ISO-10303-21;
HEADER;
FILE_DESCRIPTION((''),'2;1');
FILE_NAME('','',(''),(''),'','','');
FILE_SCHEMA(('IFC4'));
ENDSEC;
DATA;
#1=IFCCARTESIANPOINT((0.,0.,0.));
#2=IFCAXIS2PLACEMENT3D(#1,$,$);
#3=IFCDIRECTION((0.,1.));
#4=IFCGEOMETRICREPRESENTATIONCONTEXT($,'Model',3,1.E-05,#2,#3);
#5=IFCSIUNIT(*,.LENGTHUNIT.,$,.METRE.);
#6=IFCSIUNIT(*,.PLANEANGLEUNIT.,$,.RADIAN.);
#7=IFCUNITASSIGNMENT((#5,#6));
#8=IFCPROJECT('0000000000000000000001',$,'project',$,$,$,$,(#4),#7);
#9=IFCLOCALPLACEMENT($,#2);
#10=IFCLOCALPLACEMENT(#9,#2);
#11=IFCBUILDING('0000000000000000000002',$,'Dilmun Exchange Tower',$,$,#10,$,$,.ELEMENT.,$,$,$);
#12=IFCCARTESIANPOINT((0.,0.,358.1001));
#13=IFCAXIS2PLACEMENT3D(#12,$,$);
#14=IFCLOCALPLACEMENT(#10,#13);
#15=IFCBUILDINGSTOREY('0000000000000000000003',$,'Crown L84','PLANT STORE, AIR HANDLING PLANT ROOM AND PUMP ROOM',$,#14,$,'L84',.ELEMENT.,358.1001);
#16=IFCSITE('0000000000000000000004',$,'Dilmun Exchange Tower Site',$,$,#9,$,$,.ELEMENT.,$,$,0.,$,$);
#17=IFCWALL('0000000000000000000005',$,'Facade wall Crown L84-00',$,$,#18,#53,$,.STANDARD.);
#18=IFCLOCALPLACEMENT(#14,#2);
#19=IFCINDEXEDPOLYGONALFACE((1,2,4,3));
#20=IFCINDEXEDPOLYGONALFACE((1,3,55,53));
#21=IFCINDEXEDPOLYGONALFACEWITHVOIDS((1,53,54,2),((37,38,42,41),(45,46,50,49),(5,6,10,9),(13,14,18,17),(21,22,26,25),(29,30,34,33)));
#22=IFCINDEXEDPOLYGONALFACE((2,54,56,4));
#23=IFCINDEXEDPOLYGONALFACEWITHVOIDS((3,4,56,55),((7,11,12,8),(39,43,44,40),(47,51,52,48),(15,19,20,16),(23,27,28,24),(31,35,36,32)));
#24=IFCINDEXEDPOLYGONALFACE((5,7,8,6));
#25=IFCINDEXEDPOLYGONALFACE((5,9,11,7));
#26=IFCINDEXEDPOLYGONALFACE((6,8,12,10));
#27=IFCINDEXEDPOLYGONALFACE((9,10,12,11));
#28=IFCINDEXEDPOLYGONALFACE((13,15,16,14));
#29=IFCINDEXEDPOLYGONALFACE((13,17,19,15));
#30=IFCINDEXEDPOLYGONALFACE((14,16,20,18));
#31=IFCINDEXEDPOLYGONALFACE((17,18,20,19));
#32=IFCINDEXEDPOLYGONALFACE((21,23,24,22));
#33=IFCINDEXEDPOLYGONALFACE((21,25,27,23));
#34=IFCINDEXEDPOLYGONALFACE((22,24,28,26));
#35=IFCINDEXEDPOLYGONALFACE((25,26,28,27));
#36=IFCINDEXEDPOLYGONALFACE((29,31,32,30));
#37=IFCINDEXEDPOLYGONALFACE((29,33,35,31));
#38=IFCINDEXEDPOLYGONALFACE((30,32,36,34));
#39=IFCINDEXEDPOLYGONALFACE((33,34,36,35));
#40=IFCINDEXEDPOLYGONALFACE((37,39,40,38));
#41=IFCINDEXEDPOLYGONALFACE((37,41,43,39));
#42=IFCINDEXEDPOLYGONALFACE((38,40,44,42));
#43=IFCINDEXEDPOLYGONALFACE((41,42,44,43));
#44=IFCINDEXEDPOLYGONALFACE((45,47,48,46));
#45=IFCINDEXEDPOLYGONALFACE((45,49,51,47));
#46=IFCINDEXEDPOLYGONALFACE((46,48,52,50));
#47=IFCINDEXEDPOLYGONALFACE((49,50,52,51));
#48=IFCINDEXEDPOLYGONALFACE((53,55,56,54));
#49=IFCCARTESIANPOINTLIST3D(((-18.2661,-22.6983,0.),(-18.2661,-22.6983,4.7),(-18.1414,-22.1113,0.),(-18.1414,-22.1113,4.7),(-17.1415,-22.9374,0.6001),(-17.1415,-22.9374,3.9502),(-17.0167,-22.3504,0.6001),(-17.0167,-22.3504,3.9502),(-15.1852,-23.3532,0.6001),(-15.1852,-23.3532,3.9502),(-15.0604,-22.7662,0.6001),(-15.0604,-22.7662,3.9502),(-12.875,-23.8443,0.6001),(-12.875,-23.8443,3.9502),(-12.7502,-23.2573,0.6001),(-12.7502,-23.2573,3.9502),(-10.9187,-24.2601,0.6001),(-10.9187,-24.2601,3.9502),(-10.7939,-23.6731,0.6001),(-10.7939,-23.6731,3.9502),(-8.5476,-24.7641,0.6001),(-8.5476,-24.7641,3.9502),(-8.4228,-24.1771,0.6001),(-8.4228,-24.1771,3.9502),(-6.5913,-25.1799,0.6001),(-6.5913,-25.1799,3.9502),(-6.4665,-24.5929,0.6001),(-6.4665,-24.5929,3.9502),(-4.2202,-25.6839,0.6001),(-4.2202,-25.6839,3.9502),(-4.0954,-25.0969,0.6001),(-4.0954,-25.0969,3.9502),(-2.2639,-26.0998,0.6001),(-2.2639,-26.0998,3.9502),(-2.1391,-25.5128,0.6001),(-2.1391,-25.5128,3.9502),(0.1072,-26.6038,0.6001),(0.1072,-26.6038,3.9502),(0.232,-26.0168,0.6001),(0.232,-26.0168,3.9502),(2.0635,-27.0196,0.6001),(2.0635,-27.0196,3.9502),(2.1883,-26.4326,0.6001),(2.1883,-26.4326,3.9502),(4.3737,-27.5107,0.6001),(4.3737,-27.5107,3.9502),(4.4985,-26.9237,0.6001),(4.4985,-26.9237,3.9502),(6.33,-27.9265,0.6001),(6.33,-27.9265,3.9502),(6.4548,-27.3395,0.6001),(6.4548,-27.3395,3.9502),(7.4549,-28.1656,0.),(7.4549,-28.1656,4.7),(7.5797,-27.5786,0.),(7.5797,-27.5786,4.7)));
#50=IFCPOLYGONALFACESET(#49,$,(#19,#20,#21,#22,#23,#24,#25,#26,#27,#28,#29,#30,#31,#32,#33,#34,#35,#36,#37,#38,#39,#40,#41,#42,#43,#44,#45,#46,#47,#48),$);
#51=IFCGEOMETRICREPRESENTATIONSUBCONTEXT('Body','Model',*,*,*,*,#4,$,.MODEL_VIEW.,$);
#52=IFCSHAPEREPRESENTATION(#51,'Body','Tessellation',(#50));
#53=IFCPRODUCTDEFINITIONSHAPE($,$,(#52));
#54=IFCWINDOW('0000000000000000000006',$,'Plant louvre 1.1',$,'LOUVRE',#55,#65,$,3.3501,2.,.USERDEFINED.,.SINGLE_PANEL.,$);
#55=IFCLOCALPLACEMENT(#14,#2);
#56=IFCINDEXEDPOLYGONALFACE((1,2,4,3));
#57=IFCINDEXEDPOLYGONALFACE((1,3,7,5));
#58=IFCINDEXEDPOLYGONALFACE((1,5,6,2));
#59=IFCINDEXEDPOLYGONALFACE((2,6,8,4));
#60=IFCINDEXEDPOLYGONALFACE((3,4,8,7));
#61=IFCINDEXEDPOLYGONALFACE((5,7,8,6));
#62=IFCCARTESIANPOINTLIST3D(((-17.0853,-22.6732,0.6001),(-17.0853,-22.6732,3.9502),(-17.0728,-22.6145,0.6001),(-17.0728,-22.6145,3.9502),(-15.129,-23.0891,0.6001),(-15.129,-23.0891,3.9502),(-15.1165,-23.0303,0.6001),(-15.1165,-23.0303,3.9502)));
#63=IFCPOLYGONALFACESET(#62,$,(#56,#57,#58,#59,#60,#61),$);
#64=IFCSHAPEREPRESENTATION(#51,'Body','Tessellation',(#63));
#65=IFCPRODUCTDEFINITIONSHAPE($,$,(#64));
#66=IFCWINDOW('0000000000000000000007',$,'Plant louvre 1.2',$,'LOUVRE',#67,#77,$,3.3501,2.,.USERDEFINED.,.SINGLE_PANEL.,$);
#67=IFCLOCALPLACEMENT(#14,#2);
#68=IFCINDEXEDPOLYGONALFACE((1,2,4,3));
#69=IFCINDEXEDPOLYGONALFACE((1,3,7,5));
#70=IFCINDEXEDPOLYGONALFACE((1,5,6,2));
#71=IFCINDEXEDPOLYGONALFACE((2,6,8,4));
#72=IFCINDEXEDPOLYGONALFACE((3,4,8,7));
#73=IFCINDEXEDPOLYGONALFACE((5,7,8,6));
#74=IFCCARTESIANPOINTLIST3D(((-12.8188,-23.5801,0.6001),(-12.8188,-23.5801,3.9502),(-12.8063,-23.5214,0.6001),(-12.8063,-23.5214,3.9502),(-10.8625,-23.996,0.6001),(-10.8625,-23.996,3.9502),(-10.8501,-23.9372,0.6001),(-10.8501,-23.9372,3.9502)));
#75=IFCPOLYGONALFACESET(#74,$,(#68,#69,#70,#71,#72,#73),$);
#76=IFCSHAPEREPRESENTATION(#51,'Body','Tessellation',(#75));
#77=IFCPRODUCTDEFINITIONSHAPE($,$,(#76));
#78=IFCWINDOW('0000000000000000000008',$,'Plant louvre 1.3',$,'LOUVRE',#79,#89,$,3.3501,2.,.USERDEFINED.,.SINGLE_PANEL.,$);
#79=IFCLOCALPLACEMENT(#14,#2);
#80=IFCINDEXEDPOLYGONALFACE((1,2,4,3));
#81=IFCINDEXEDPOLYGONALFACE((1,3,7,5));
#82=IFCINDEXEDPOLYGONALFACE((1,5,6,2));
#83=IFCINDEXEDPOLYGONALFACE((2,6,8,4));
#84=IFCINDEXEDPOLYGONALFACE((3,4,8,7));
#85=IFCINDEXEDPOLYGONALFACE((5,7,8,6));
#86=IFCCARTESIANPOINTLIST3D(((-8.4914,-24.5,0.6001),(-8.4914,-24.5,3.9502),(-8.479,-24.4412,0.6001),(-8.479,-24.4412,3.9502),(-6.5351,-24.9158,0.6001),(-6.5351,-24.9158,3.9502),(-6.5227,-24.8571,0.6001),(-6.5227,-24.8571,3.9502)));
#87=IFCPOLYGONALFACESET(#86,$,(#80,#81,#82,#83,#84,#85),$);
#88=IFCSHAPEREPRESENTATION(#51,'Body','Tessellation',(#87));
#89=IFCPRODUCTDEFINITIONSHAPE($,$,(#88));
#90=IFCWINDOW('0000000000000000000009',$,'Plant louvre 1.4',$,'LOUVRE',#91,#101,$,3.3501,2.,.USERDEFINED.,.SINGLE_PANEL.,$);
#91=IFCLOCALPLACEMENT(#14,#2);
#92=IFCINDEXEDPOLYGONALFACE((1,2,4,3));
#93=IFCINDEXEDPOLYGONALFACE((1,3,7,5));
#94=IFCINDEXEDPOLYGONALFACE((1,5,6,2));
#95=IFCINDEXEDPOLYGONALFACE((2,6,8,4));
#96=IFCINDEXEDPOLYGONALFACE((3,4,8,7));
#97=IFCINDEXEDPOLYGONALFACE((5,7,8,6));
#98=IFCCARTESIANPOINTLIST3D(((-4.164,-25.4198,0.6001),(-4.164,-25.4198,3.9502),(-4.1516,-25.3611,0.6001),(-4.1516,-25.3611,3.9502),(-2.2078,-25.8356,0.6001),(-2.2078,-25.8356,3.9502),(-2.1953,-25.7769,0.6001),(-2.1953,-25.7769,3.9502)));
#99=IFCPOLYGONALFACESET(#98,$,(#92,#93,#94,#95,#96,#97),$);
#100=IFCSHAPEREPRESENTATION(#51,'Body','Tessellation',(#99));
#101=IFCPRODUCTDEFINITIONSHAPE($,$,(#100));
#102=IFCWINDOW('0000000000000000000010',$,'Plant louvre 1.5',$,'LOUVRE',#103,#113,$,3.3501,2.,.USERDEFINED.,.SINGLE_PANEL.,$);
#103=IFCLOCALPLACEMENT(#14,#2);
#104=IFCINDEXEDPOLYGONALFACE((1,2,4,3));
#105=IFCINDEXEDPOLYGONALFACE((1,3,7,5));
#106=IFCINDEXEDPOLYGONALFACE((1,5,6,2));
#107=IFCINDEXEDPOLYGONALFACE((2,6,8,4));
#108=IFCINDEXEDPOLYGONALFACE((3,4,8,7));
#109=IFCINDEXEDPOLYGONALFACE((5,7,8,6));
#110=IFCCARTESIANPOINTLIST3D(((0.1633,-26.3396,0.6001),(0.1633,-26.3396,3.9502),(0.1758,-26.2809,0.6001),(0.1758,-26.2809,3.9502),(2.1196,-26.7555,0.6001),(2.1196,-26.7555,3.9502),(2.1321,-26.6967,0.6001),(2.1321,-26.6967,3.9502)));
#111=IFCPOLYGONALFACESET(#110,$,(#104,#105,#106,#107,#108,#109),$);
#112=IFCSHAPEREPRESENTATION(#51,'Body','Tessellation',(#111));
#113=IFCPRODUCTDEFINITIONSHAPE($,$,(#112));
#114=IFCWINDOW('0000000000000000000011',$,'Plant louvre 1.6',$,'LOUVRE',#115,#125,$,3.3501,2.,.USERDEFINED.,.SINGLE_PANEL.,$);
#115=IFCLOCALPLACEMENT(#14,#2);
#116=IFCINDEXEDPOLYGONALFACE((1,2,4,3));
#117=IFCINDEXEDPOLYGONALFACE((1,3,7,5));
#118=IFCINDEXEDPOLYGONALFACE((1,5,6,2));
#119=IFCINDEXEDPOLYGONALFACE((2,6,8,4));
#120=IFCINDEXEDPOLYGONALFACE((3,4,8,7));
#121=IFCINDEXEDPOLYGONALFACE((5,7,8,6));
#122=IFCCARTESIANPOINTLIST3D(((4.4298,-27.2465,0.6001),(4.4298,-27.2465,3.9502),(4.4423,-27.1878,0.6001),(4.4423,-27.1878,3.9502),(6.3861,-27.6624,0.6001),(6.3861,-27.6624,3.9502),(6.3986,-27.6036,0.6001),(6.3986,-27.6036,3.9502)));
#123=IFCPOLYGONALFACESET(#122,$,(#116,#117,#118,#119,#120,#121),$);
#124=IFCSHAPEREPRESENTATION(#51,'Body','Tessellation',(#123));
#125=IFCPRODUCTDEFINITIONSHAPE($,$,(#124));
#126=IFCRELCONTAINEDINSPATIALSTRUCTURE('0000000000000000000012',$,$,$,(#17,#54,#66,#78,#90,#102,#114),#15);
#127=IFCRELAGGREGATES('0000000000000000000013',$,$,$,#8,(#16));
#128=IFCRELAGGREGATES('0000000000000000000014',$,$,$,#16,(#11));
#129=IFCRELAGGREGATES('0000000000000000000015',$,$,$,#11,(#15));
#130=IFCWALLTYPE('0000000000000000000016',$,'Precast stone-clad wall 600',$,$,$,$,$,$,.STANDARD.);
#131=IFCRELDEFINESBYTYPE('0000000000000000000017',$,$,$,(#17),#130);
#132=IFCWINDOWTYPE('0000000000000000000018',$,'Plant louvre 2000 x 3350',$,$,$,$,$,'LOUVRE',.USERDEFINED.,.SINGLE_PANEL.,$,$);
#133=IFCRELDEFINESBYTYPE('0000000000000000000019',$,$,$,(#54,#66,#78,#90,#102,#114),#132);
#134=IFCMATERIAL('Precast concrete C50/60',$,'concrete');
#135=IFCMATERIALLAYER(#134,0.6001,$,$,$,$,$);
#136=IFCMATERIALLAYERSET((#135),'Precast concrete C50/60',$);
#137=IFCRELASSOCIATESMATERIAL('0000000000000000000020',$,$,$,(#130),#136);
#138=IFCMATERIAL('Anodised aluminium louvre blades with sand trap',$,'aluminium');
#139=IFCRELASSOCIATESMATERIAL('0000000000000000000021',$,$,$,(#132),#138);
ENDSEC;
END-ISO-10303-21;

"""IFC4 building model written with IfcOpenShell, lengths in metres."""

from ifc_helpers import new_model, si_unit, direction, frame, frame_2d, origin, place, context, subcontext, project, spatial, rectangle, extrude, material, layer, layer_set, type_object, element, fill, save


model = new_model("IFC4")

# Units and contexts
model_context = context("Model", 3, precision=1e-05, world=origin(), true_north=direction((0.0, 1.0)))
body_context = subcontext(model_context, "Body", "Model", "MODEL_VIEW")
ifc_project = project(units=[si_unit("LENGTHUNIT", "METRE"), si_unit("PLANEANGLEUNIT", "RADIAN")], contexts=[model_context])

# Site, building, storey
site_placement = place(None, origin())
site = spatial("IfcSite", under=ifc_project, at=site_placement, Name="Dilmun Exchange Tower Site", CompositionType="ELEMENT", RefElevation=0.0)
building_placement = place(site_placement, origin())
building = spatial("IfcBuilding", under=site, at=building_placement, Name="Dilmun Exchange Tower", CompositionType="ELEMENT")
storey_placement = place(building_placement, frame((0.0, 0.0, 358.1001)))
storey = spatial("IfcBuildingStorey", under=building, at=storey_placement, Name="Crown L84", Description="PLANT STORE, AIR HANDLING PLANT ROOM AND PUMP ROOM", LongName="L84", CompositionType="ELEMENT", Elevation=358.1001)

# Wall, openings, windows
ifc_material_1 = material(Name="Precast concrete C50/60", Category="concrete")
ifc_layer_1 = layer(ifc_material_1, 0.6001)
ifc_layer_set_1 = layer_set([ifc_layer_1], Name="Precast concrete C50/60")
wall_type_1 = type_object("IfcWallType", Name="Precast stone-clad wall 600", PredefinedType="STANDARD", material=ifc_layer_set_1)
wall_1_placement = place(storey_placement, frame((-18.2039, -22.4048, 0.0), z_axis=(0.0, 0.0, 1.0), x_axis=(0.978147, -0.207916, 0.0)))
wall_1 = element("IfcWall", 1, at=wall_1_placement, inside=storey, type_object=wall_type_1, Name="Facade wall Crown L84-00", PredefinedType="STANDARD", context=body_context, shape_type="SweptSolid", body=[
    extrude(rectangle(XDim=26.2957, YDim=0.6001, at=frame_2d((13.1479, 0.0))), origin(), (0.0, 0.0, 1.0), 4.7),
])
opening_1_placement = place(wall_1_placement, frame((1.1499, 0.0, 0.6001)))
opening_1 = element("IfcOpeningElement", 2, at=opening_1_placement, cuts=wall_1, PredefinedType="OPENING", context=body_context, shape_type="SweptSolid", body=[
    extrude(rectangle(XDim=2.0, YDim=3.3501, at=frame_2d((1.0, 1.675))), frame((0.0, 0.3101, 0.0), z_axis=(0.0, -1.0, 0.0), x_axis=(1.0, 0.0, 0.0)), (0.0, 0.0, 1.0), 0.6201),
])
opening_2_placement = place(wall_1_placement, frame((5.5117, 0.0, 0.6001)))
opening_2 = element("IfcOpeningElement", 3, at=opening_2_placement, cuts=wall_1, PredefinedType="OPENING", context=body_context, shape_type="SweptSolid", body=[
    extrude(rectangle(XDim=2.0, YDim=3.3501, at=frame_2d((1.0, 1.675))), frame((0.0, 0.3101, 0.0), z_axis=(0.0, -1.0, 0.0), x_axis=(1.0, 0.0, 0.0)), (0.0, 0.0, 1.0), 0.6201),
])
opening_3_placement = place(wall_1_placement, frame((9.9358, 0.0, 0.6001)))
opening_3 = element("IfcOpeningElement", 4, at=opening_3_placement, cuts=wall_1, PredefinedType="OPENING", context=body_context, shape_type="SweptSolid", body=[
    extrude(rectangle(XDim=2.0, YDim=3.3501, at=frame_2d((1.0, 1.675))), frame((0.0, 0.3101, 0.0), z_axis=(0.0, -1.0, 0.0), x_axis=(1.0, 0.0, 0.0)), (0.0, 0.0, 1.0), 0.6201),
])
opening_4_placement = place(wall_1_placement, frame((14.3599, 0.0, 0.6001)))
opening_4 = element("IfcOpeningElement", 5, at=opening_4_placement, cuts=wall_1, PredefinedType="OPENING", context=body_context, shape_type="SweptSolid", body=[
    extrude(rectangle(XDim=2.0, YDim=3.3501, at=frame_2d((1.0, 1.675))), frame((0.0, 0.3101, 0.0), z_axis=(0.0, -1.0, 0.0), x_axis=(1.0, 0.0, 0.0)), (0.0, 0.0, 1.0), 0.6201),
])
opening_5_placement = place(wall_1_placement, frame((18.7839, 0.0, 0.6001)))
opening_5 = element("IfcOpeningElement", 6, at=opening_5_placement, cuts=wall_1, PredefinedType="OPENING", context=body_context, shape_type="SweptSolid", body=[
    extrude(rectangle(XDim=2.0, YDim=3.3501, at=frame_2d((1.0, 1.675))), frame((0.0, 0.3101, 0.0), z_axis=(0.0, -1.0, 0.0), x_axis=(1.0, 0.0, 0.0)), (0.0, 0.0, 1.0), 0.6201),
])
opening_6_placement = place(wall_1_placement, frame((23.1458, 0.0, 0.6001)))
opening_6 = element("IfcOpeningElement", 7, at=opening_6_placement, cuts=wall_1, PredefinedType="OPENING", context=body_context, shape_type="SweptSolid", body=[
    extrude(rectangle(XDim=2.0, YDim=3.3501, at=frame_2d((1.0, 1.675))), frame((0.0, 0.3101, 0.0), z_axis=(0.0, -1.0, 0.0), x_axis=(1.0, 0.0, 0.0)), (0.0, 0.0, 1.0), 0.6201),
])
ifc_material_2 = material(Name="Anodised aluminium louvre blades with sand trap", Category="aluminium")
window_type = type_object("IfcWindowType", Name="Plant louvre 2000 x 3350", ElementType="LOUVRE", PartitioningType="SINGLE_PANEL", PredefinedType="USERDEFINED", material=ifc_material_2)
window_1_placement = place(opening_1_placement, origin())
window_1 = element("IfcWindow", 8, at=window_1_placement, inside=storey, type_object=window_type, Name="Plant louvre 1.1", ObjectType="LOUVRE", OverallHeight=3.3501, OverallWidth=2.0, PartitioningType="SINGLE_PANEL", PredefinedType="USERDEFINED", context=body_context, shape_type="SweptSolid", body=[
    extrude(rectangle(XDim=2.0, YDim=3.3501, at=frame_2d((1.0, 1.675))), frame((0.0, 0.03, 0.0), z_axis=(0.0, -1.0, 0.0), x_axis=(1.0, 0.0, 0.0)), (0.0, 0.0, 1.0), 0.0601),
])
fill(opening_1, window_1)
window_2_placement = place(opening_2_placement, origin())
window_2 = element("IfcWindow", 9, at=window_2_placement, inside=storey, type_object=window_type, Name="Plant louvre 1.2", ObjectType="LOUVRE", OverallHeight=3.3501, OverallWidth=2.0, PartitioningType="SINGLE_PANEL", PredefinedType="USERDEFINED", context=body_context, shape_type="SweptSolid", body=[
    extrude(rectangle(XDim=2.0, YDim=3.3501, at=frame_2d((1.0, 1.675))), frame((0.0, 0.03, 0.0), z_axis=(0.0, -1.0, 0.0), x_axis=(1.0, 0.0, 0.0)), (0.0, 0.0, 1.0), 0.0601),
])
fill(opening_2, window_2)
window_3_placement = place(opening_3_placement, origin())
window_3 = element("IfcWindow", 10, at=window_3_placement, inside=storey, type_object=window_type, Name="Plant louvre 1.3", ObjectType="LOUVRE", OverallHeight=3.3501, OverallWidth=2.0, PartitioningType="SINGLE_PANEL", PredefinedType="USERDEFINED", context=body_context, shape_type="SweptSolid", body=[
    extrude(rectangle(XDim=2.0, YDim=3.3501, at=frame_2d((1.0, 1.675))), frame((0.0, 0.03, 0.0), z_axis=(0.0, -1.0, 0.0), x_axis=(1.0, 0.0, 0.0)), (0.0, 0.0, 1.0), 0.0601),
])
fill(opening_3, window_3)
window_4_placement = place(opening_4_placement, origin())
window_4 = element("IfcWindow", 11, at=window_4_placement, inside=storey, type_object=window_type, Name="Plant louvre 1.4", ObjectType="LOUVRE", OverallHeight=3.3501, OverallWidth=2.0, PartitioningType="SINGLE_PANEL", PredefinedType="USERDEFINED", context=body_context, shape_type="SweptSolid", body=[
    extrude(rectangle(XDim=2.0, YDim=3.3501, at=frame_2d((1.0, 1.675))), frame((0.0, 0.03, 0.0), z_axis=(0.0, -1.0, 0.0), x_axis=(1.0, 0.0, 0.0)), (0.0, 0.0, 1.0), 0.0601),
])
fill(opening_4, window_4)
window_5_placement = place(opening_5_placement, origin())
window_5 = element("IfcWindow", 12, at=window_5_placement, inside=storey, type_object=window_type, Name="Plant louvre 1.5", ObjectType="LOUVRE", OverallHeight=3.3501, OverallWidth=2.0, PartitioningType="SINGLE_PANEL", PredefinedType="USERDEFINED", context=body_context, shape_type="SweptSolid", body=[
    extrude(rectangle(XDim=2.0, YDim=3.3501, at=frame_2d((1.0, 1.675))), frame((0.0, 0.03, 0.0), z_axis=(0.0, -1.0, 0.0), x_axis=(1.0, 0.0, 0.0)), (0.0, 0.0, 1.0), 0.0601),
])
fill(opening_5, window_5)
window_6_placement = place(opening_6_placement, origin())
window_6 = element("IfcWindow", 13, at=window_6_placement, inside=storey, type_object=window_type, Name="Plant louvre 1.6", ObjectType="LOUVRE", OverallHeight=3.3501, OverallWidth=2.0, PartitioningType="SINGLE_PANEL", PredefinedType="USERDEFINED", context=body_context, shape_type="SweptSolid", body=[
    extrude(rectangle(XDim=2.0, YDim=3.3501, at=frame_2d((1.0, 1.675))), frame((0.0, 0.03, 0.0), z_axis=(0.0, -1.0, 0.0), x_axis=(1.0, 0.0, 0.0)), (0.0, 0.0, 1.0), 0.0601),
])
fill(opening_6, window_6)

save(model, "model.ifc")
